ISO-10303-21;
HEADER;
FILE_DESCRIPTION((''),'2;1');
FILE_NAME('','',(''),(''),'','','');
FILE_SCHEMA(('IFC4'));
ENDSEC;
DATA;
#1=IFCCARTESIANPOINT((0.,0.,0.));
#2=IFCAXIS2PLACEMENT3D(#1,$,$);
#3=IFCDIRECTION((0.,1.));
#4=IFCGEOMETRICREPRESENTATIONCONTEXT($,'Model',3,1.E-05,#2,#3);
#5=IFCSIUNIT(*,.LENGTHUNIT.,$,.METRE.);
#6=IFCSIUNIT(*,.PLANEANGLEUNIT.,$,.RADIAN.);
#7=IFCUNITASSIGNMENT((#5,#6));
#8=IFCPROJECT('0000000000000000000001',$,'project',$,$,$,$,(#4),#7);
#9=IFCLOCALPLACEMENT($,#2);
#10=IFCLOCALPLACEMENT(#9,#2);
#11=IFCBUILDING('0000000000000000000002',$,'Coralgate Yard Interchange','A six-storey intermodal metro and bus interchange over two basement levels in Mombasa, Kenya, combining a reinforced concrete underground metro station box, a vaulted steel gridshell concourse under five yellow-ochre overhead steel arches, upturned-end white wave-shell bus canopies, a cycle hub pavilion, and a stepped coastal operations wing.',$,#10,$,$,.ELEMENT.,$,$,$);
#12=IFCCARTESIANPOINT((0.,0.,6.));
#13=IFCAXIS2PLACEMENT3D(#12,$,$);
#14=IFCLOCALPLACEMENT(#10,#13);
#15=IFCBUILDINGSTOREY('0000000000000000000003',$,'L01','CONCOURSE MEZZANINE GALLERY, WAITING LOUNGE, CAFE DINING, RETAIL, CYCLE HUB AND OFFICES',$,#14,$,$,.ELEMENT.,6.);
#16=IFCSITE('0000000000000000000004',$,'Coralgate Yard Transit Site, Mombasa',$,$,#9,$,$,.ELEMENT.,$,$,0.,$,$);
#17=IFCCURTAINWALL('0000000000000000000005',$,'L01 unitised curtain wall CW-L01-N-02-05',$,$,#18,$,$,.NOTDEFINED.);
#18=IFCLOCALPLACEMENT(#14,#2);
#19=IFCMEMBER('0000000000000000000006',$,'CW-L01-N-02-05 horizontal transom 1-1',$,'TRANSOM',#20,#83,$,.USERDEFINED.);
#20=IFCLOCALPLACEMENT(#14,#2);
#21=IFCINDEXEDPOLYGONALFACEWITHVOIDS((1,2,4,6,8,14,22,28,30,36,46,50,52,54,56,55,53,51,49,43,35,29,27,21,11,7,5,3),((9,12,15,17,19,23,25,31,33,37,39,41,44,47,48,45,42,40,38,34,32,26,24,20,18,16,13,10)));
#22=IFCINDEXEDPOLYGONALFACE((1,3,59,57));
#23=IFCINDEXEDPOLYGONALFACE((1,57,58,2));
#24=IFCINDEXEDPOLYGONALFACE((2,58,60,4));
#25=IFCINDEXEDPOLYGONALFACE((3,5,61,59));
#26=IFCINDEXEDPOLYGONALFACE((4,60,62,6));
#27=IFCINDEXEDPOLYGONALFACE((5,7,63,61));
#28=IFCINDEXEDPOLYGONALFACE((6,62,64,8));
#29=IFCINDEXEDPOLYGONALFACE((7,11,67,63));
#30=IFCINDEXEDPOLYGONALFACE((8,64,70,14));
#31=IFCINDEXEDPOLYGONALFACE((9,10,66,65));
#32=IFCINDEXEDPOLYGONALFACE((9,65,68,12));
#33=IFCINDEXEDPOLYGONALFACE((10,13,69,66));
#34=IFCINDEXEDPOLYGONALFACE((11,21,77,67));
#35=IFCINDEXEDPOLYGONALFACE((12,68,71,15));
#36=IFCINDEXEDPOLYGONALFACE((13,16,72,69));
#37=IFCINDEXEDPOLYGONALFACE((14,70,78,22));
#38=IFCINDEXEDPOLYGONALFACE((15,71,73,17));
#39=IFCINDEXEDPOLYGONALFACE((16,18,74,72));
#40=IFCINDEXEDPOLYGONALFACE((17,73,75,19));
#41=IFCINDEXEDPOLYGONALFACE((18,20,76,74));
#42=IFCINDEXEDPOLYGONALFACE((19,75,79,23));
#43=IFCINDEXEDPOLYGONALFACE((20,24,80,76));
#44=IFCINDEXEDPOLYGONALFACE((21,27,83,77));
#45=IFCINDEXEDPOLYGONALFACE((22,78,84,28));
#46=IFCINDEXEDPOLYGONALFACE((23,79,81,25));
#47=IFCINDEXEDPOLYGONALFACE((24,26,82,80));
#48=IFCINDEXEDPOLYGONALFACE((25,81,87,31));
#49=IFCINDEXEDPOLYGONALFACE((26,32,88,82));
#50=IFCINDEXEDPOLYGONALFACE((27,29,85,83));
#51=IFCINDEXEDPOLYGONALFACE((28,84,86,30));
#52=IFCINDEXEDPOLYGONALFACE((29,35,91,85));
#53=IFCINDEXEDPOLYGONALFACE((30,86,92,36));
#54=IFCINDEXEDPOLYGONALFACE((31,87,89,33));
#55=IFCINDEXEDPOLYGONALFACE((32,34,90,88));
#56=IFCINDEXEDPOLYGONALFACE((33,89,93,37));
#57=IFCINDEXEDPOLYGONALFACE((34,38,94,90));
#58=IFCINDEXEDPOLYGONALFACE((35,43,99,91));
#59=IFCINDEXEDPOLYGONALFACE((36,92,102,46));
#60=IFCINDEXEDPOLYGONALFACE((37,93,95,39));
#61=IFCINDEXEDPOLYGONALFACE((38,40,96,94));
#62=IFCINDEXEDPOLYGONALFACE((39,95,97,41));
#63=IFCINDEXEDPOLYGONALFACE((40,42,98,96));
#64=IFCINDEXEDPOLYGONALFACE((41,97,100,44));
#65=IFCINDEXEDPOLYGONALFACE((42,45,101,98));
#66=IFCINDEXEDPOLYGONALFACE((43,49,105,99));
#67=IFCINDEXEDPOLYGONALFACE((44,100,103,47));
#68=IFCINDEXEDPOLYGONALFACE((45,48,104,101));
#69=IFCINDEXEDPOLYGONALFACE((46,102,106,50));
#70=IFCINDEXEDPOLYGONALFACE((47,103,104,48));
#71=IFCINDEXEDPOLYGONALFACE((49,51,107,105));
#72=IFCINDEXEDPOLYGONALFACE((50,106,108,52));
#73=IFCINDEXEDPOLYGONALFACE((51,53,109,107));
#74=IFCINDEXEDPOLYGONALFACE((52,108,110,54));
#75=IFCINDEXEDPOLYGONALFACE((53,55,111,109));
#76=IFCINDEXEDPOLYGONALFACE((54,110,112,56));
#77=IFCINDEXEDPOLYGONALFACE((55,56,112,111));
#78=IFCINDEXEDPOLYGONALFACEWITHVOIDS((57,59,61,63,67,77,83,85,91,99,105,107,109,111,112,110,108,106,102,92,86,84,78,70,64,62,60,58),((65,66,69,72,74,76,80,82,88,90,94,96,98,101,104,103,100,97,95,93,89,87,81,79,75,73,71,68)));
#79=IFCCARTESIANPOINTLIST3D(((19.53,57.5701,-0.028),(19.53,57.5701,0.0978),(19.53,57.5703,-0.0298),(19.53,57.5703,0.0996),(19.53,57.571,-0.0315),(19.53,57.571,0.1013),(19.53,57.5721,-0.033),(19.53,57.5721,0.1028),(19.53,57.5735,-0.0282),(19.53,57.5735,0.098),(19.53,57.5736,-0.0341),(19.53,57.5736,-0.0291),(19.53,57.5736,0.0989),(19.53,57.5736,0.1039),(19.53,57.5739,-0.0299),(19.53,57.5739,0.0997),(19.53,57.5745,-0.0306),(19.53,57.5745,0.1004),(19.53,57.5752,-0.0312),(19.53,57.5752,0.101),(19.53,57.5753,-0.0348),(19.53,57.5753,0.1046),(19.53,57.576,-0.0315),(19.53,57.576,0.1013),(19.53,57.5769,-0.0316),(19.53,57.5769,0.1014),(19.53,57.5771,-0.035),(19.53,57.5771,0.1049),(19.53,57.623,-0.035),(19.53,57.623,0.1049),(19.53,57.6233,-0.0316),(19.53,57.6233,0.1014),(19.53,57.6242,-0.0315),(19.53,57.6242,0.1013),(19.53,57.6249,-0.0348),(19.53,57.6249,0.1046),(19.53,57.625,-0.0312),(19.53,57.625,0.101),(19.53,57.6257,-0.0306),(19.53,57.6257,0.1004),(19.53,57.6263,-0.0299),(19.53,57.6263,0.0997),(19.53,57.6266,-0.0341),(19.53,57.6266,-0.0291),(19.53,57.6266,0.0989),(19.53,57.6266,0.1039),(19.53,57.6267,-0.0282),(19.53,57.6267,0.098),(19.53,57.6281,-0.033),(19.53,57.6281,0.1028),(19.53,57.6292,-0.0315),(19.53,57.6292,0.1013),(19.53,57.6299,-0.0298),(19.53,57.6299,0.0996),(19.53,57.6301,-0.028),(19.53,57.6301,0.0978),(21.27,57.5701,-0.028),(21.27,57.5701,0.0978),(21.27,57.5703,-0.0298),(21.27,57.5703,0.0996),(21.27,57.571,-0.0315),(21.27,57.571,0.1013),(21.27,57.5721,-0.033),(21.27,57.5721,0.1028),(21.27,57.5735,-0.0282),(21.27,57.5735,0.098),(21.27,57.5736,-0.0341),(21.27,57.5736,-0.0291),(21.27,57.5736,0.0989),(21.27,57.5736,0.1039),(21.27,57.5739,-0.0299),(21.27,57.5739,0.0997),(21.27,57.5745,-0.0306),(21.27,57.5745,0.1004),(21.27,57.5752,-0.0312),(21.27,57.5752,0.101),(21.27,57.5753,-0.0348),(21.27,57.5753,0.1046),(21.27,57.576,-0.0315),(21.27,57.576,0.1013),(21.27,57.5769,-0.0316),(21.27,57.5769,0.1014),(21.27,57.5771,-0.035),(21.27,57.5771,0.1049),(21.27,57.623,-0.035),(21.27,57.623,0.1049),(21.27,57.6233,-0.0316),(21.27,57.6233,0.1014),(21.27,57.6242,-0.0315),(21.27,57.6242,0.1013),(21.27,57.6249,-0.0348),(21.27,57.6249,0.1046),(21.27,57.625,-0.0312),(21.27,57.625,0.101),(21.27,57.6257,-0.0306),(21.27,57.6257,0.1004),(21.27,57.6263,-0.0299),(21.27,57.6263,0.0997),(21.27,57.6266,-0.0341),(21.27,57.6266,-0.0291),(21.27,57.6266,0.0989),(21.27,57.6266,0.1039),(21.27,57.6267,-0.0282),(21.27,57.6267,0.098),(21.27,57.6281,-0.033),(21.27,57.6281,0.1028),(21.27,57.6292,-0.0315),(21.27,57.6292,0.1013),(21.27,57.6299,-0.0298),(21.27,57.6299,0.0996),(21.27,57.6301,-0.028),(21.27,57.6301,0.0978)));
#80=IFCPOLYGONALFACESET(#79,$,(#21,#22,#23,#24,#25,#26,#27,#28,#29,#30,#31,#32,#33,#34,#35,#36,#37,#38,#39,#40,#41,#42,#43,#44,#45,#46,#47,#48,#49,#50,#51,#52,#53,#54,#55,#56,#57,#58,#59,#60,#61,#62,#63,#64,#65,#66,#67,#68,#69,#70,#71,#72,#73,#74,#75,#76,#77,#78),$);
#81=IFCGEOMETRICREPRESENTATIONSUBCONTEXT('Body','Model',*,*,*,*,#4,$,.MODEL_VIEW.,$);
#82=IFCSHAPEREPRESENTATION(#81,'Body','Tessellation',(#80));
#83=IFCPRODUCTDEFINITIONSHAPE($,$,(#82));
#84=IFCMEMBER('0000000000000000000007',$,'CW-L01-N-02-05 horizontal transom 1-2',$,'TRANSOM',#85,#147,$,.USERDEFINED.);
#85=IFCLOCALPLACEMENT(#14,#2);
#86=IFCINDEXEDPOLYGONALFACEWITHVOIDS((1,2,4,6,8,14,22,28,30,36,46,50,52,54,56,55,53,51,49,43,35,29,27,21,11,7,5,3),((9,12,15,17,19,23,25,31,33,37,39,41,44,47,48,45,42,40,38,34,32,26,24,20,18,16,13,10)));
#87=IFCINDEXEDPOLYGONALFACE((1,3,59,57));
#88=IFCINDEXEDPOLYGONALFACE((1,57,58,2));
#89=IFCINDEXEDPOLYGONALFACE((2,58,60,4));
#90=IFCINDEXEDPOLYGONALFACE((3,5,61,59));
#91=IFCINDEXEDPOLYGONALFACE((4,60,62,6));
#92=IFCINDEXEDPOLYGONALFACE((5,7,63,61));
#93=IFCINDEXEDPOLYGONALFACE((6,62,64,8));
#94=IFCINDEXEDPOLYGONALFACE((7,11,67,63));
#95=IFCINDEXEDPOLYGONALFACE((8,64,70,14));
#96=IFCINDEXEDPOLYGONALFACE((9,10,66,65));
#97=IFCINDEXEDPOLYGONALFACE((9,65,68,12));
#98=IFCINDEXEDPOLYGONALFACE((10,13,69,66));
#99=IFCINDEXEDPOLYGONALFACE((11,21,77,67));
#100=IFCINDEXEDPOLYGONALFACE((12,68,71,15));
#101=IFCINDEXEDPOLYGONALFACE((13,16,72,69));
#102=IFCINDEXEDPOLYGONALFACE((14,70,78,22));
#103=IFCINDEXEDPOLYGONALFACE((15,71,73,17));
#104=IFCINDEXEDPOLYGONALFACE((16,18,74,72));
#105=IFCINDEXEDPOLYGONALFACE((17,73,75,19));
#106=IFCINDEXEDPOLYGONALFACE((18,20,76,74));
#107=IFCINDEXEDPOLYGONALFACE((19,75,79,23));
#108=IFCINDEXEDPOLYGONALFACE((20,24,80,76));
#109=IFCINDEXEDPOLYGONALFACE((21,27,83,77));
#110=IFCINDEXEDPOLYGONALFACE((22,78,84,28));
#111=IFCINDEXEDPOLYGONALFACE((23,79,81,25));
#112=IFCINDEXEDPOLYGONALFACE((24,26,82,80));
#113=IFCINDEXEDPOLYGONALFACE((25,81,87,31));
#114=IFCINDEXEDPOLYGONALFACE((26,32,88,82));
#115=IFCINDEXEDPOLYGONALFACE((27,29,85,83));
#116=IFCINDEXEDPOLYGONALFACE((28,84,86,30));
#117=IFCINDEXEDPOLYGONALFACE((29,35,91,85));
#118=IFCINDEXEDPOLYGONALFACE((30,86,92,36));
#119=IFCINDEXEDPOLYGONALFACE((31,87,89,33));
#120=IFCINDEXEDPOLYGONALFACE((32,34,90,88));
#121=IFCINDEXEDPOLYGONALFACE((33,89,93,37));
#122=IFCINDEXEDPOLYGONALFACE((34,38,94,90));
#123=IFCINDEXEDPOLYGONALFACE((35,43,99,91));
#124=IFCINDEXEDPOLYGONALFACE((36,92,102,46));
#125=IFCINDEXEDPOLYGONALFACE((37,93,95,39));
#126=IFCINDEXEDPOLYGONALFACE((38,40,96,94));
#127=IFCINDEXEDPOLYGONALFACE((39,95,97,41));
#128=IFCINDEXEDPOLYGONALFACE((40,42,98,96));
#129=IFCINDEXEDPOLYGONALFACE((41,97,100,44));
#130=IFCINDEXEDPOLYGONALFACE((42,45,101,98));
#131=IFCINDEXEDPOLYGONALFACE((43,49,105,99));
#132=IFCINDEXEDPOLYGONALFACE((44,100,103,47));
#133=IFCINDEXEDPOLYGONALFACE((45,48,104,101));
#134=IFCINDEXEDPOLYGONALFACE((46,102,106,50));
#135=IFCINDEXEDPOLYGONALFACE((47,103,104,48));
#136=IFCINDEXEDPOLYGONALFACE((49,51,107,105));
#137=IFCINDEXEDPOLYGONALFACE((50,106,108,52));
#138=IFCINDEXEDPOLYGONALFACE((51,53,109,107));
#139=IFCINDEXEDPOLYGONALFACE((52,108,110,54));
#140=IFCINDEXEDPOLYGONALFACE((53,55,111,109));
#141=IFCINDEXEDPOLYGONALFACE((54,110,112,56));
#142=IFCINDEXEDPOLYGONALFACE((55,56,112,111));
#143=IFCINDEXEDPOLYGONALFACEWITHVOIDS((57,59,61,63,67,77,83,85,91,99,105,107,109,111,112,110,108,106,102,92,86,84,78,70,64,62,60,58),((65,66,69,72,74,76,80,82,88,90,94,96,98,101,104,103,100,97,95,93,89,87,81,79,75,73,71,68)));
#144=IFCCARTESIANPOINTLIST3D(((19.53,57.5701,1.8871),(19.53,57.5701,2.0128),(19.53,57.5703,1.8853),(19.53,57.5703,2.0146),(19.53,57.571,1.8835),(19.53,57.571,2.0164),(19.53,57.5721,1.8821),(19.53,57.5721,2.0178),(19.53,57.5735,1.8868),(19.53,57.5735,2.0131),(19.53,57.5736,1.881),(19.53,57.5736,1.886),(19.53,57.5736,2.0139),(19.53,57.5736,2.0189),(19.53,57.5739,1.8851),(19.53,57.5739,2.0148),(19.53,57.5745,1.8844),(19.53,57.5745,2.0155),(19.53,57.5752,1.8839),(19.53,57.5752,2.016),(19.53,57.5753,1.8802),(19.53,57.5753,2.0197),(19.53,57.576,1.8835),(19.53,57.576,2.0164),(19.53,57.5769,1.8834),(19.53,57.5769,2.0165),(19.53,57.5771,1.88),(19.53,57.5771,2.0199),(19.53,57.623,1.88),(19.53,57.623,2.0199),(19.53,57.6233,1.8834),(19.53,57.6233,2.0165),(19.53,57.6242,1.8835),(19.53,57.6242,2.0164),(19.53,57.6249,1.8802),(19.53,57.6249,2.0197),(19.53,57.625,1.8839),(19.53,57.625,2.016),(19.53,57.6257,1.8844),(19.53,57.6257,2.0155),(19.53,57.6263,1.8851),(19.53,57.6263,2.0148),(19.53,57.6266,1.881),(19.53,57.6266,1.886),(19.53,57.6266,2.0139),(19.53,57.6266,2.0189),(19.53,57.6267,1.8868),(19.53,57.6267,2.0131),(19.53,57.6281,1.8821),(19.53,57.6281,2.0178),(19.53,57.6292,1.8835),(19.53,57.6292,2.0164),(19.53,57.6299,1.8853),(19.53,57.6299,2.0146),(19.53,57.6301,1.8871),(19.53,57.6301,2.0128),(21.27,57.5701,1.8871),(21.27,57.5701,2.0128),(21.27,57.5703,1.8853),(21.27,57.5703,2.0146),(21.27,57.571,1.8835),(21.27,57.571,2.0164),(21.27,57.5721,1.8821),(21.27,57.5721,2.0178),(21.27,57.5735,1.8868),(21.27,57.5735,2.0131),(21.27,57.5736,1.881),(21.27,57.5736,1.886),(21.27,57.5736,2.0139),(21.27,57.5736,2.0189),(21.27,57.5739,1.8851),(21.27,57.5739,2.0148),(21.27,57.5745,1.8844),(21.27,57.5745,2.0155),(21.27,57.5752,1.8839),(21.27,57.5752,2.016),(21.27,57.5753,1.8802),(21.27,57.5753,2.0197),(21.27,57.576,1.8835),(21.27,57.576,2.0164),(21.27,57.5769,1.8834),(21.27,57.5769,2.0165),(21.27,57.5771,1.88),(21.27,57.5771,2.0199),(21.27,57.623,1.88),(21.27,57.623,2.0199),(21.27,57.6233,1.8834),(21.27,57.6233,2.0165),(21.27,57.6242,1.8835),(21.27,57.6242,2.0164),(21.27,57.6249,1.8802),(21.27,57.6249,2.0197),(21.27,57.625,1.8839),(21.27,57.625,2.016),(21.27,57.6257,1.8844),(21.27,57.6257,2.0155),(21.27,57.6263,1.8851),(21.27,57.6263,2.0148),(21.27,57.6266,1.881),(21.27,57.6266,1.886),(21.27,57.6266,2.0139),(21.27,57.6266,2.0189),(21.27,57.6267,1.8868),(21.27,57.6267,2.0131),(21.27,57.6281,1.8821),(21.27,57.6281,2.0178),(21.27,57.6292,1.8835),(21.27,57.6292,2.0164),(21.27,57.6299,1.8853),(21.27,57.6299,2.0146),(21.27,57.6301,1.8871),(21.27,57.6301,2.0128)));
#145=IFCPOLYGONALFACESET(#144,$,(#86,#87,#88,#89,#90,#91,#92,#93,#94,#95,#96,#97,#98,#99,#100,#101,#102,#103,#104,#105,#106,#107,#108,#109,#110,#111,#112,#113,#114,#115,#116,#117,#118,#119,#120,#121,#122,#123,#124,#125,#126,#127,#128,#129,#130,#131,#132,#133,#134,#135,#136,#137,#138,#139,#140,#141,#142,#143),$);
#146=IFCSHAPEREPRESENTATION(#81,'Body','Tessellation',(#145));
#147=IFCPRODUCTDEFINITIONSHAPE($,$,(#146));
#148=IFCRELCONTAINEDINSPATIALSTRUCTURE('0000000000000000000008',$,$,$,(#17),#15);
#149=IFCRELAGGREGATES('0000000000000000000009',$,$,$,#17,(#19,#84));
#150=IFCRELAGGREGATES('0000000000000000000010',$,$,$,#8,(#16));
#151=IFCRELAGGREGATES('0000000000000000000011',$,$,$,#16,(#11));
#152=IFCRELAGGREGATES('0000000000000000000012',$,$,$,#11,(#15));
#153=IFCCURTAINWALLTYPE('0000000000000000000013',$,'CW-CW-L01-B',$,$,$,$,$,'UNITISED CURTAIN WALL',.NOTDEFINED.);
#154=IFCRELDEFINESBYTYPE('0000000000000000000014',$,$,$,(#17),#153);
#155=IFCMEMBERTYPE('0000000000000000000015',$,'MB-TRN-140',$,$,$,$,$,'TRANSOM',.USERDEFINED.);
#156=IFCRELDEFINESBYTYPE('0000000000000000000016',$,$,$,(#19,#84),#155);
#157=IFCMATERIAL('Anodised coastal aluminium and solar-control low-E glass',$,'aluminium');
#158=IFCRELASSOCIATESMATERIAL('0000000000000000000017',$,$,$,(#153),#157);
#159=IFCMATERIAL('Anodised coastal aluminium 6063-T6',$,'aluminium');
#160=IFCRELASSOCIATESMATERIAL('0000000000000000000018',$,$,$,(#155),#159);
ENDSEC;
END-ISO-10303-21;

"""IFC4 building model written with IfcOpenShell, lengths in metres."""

from ifc_helpers import new_model, si_unit, direction, frame, origin, origin_2d, place, context, subcontext, project, spatial, hollow_rectangle, extrude, material, material_profile, profile_set, type_object, element, aggregate, save


model = new_model("IFC4")

# Units and contexts
model_context = context("Model", 3, precision=1e-05, world=origin(), true_north=direction((0.0, 1.0)))
body_context = subcontext(model_context, "Body", "Model", "MODEL_VIEW")
ifc_project = project(units=[si_unit("LENGTHUNIT", "METRE"), si_unit("PLANEANGLEUNIT", "RADIAN")], contexts=[model_context])

# Site, building, storey
site_placement = place(None, origin())
site = spatial("IfcSite", under=ifc_project, at=site_placement, Name="Coralgate Yard Transit Site, Mombasa", CompositionType="ELEMENT", RefElevation=0.0)
building_placement = place(site_placement, origin())
building = spatial("IfcBuilding", under=site, at=building_placement, Name="Coralgate Yard Interchange", Description="A six-storey intermodal metro and bus interchange over two basement levels in Mombasa, Kenya, combining a reinforced concrete underground metro station box, a vaulted steel gridshell concourse under five yellow-ochre overhead steel arches, upturned-end white wave-shell bus canopies, a cycle hub pavilion, and a stepped coastal operations wing.", CompositionType="ELEMENT")
storey_placement = place(building_placement, frame((0.0, 0.0, 6.0)))
storey = spatial("IfcBuildingStorey", under=building, at=storey_placement, Name="L01", Description="CONCOURSE MEZZANINE GALLERY, WAITING LOUNGE, CAFE DINING, RETAIL, CYCLE HUB AND OFFICES", CompositionType="ELEMENT", Elevation=6.0)

# Curtain wall, members
ifc_material_1 = material(Name="Anodised coastal aluminium and solar-control low-E glass", Category="aluminium")
curtain_wall_type = type_object("IfcCurtainWallType", Name="CW-CW-L01-B", ElementType="UNITISED CURTAIN WALL", PredefinedType="NOTDEFINED", material=ifc_material_1)
curtain_wall_placement = place(storey_placement, origin())
curtain_wall = element("IfcCurtainWall", 1, at=curtain_wall_placement, inside=storey, type_object=curtain_wall_type, Name="L01 unitised curtain wall CW-L01-N-02-05", PredefinedType="NOTDEFINED")
ifc_material_2 = material(Name="Anodised coastal aluminium 6063-T6", Category="aluminium")
ifc_material_profile_1 = material_profile(ifc_material_2, hollow_rectangle(XDim=0.0601, YDim=0.1399, WallThickness=0.0034, InnerFilletRadius=0.0034, OuterFilletRadius=0.0071, at=origin_2d()), Name="ALU 60x140x3.5")
ifc_profile_set_1 = profile_set([ifc_material_profile_1], Name="Anodised coastal aluminium 6063-T6")
member_type_1 = type_object("IfcMemberType", Name="MB-TRN-140", ElementType="TRANSOM", PredefinedType="USERDEFINED", material=ifc_profile_set_1)
member_1_placement = place(storey_placement, frame((19.53, 57.6001, 0.0349), z_axis=(1.0, 0.0, 0.0), x_axis=(0.0, 1.0, 0.0)))
member_1 = element("IfcMember", 2, at=member_1_placement, type_object=member_type_1, Name="CW-L01-N-02-05 horizontal transom 1-1", ObjectType="TRANSOM", PredefinedType="USERDEFINED", context=body_context, shape_type="SweptSolid", body=[
    extrude(hollow_rectangle(XDim=0.0601, YDim=0.1399, WallThickness=0.0034, InnerFilletRadius=0.0034, OuterFilletRadius=0.0071, at=origin_2d()), origin(), (0.0, 0.0, 1.0), 1.74),
])
member_2_placement = place(storey_placement, frame((19.53, 57.6001, 1.95), z_axis=(1.0, 0.0, 0.0), x_axis=(0.0, 1.0, 0.0)))
member_2 = element("IfcMember", 3, at=member_2_placement, type_object=member_type_1, Name="CW-L01-N-02-05 horizontal transom 1-2", ObjectType="TRANSOM", PredefinedType="USERDEFINED", context=body_context, shape_type="SweptSolid", body=[
    extrude(hollow_rectangle(XDim=0.0601, YDim=0.1399, WallThickness=0.0034, InnerFilletRadius=0.0034, OuterFilletRadius=0.0071, at=origin_2d()), origin(), (0.0, 0.0, 1.0), 1.74),
])
aggregate(curtain_wall, [member_1, member_2])

save(model, "model.ifc")
